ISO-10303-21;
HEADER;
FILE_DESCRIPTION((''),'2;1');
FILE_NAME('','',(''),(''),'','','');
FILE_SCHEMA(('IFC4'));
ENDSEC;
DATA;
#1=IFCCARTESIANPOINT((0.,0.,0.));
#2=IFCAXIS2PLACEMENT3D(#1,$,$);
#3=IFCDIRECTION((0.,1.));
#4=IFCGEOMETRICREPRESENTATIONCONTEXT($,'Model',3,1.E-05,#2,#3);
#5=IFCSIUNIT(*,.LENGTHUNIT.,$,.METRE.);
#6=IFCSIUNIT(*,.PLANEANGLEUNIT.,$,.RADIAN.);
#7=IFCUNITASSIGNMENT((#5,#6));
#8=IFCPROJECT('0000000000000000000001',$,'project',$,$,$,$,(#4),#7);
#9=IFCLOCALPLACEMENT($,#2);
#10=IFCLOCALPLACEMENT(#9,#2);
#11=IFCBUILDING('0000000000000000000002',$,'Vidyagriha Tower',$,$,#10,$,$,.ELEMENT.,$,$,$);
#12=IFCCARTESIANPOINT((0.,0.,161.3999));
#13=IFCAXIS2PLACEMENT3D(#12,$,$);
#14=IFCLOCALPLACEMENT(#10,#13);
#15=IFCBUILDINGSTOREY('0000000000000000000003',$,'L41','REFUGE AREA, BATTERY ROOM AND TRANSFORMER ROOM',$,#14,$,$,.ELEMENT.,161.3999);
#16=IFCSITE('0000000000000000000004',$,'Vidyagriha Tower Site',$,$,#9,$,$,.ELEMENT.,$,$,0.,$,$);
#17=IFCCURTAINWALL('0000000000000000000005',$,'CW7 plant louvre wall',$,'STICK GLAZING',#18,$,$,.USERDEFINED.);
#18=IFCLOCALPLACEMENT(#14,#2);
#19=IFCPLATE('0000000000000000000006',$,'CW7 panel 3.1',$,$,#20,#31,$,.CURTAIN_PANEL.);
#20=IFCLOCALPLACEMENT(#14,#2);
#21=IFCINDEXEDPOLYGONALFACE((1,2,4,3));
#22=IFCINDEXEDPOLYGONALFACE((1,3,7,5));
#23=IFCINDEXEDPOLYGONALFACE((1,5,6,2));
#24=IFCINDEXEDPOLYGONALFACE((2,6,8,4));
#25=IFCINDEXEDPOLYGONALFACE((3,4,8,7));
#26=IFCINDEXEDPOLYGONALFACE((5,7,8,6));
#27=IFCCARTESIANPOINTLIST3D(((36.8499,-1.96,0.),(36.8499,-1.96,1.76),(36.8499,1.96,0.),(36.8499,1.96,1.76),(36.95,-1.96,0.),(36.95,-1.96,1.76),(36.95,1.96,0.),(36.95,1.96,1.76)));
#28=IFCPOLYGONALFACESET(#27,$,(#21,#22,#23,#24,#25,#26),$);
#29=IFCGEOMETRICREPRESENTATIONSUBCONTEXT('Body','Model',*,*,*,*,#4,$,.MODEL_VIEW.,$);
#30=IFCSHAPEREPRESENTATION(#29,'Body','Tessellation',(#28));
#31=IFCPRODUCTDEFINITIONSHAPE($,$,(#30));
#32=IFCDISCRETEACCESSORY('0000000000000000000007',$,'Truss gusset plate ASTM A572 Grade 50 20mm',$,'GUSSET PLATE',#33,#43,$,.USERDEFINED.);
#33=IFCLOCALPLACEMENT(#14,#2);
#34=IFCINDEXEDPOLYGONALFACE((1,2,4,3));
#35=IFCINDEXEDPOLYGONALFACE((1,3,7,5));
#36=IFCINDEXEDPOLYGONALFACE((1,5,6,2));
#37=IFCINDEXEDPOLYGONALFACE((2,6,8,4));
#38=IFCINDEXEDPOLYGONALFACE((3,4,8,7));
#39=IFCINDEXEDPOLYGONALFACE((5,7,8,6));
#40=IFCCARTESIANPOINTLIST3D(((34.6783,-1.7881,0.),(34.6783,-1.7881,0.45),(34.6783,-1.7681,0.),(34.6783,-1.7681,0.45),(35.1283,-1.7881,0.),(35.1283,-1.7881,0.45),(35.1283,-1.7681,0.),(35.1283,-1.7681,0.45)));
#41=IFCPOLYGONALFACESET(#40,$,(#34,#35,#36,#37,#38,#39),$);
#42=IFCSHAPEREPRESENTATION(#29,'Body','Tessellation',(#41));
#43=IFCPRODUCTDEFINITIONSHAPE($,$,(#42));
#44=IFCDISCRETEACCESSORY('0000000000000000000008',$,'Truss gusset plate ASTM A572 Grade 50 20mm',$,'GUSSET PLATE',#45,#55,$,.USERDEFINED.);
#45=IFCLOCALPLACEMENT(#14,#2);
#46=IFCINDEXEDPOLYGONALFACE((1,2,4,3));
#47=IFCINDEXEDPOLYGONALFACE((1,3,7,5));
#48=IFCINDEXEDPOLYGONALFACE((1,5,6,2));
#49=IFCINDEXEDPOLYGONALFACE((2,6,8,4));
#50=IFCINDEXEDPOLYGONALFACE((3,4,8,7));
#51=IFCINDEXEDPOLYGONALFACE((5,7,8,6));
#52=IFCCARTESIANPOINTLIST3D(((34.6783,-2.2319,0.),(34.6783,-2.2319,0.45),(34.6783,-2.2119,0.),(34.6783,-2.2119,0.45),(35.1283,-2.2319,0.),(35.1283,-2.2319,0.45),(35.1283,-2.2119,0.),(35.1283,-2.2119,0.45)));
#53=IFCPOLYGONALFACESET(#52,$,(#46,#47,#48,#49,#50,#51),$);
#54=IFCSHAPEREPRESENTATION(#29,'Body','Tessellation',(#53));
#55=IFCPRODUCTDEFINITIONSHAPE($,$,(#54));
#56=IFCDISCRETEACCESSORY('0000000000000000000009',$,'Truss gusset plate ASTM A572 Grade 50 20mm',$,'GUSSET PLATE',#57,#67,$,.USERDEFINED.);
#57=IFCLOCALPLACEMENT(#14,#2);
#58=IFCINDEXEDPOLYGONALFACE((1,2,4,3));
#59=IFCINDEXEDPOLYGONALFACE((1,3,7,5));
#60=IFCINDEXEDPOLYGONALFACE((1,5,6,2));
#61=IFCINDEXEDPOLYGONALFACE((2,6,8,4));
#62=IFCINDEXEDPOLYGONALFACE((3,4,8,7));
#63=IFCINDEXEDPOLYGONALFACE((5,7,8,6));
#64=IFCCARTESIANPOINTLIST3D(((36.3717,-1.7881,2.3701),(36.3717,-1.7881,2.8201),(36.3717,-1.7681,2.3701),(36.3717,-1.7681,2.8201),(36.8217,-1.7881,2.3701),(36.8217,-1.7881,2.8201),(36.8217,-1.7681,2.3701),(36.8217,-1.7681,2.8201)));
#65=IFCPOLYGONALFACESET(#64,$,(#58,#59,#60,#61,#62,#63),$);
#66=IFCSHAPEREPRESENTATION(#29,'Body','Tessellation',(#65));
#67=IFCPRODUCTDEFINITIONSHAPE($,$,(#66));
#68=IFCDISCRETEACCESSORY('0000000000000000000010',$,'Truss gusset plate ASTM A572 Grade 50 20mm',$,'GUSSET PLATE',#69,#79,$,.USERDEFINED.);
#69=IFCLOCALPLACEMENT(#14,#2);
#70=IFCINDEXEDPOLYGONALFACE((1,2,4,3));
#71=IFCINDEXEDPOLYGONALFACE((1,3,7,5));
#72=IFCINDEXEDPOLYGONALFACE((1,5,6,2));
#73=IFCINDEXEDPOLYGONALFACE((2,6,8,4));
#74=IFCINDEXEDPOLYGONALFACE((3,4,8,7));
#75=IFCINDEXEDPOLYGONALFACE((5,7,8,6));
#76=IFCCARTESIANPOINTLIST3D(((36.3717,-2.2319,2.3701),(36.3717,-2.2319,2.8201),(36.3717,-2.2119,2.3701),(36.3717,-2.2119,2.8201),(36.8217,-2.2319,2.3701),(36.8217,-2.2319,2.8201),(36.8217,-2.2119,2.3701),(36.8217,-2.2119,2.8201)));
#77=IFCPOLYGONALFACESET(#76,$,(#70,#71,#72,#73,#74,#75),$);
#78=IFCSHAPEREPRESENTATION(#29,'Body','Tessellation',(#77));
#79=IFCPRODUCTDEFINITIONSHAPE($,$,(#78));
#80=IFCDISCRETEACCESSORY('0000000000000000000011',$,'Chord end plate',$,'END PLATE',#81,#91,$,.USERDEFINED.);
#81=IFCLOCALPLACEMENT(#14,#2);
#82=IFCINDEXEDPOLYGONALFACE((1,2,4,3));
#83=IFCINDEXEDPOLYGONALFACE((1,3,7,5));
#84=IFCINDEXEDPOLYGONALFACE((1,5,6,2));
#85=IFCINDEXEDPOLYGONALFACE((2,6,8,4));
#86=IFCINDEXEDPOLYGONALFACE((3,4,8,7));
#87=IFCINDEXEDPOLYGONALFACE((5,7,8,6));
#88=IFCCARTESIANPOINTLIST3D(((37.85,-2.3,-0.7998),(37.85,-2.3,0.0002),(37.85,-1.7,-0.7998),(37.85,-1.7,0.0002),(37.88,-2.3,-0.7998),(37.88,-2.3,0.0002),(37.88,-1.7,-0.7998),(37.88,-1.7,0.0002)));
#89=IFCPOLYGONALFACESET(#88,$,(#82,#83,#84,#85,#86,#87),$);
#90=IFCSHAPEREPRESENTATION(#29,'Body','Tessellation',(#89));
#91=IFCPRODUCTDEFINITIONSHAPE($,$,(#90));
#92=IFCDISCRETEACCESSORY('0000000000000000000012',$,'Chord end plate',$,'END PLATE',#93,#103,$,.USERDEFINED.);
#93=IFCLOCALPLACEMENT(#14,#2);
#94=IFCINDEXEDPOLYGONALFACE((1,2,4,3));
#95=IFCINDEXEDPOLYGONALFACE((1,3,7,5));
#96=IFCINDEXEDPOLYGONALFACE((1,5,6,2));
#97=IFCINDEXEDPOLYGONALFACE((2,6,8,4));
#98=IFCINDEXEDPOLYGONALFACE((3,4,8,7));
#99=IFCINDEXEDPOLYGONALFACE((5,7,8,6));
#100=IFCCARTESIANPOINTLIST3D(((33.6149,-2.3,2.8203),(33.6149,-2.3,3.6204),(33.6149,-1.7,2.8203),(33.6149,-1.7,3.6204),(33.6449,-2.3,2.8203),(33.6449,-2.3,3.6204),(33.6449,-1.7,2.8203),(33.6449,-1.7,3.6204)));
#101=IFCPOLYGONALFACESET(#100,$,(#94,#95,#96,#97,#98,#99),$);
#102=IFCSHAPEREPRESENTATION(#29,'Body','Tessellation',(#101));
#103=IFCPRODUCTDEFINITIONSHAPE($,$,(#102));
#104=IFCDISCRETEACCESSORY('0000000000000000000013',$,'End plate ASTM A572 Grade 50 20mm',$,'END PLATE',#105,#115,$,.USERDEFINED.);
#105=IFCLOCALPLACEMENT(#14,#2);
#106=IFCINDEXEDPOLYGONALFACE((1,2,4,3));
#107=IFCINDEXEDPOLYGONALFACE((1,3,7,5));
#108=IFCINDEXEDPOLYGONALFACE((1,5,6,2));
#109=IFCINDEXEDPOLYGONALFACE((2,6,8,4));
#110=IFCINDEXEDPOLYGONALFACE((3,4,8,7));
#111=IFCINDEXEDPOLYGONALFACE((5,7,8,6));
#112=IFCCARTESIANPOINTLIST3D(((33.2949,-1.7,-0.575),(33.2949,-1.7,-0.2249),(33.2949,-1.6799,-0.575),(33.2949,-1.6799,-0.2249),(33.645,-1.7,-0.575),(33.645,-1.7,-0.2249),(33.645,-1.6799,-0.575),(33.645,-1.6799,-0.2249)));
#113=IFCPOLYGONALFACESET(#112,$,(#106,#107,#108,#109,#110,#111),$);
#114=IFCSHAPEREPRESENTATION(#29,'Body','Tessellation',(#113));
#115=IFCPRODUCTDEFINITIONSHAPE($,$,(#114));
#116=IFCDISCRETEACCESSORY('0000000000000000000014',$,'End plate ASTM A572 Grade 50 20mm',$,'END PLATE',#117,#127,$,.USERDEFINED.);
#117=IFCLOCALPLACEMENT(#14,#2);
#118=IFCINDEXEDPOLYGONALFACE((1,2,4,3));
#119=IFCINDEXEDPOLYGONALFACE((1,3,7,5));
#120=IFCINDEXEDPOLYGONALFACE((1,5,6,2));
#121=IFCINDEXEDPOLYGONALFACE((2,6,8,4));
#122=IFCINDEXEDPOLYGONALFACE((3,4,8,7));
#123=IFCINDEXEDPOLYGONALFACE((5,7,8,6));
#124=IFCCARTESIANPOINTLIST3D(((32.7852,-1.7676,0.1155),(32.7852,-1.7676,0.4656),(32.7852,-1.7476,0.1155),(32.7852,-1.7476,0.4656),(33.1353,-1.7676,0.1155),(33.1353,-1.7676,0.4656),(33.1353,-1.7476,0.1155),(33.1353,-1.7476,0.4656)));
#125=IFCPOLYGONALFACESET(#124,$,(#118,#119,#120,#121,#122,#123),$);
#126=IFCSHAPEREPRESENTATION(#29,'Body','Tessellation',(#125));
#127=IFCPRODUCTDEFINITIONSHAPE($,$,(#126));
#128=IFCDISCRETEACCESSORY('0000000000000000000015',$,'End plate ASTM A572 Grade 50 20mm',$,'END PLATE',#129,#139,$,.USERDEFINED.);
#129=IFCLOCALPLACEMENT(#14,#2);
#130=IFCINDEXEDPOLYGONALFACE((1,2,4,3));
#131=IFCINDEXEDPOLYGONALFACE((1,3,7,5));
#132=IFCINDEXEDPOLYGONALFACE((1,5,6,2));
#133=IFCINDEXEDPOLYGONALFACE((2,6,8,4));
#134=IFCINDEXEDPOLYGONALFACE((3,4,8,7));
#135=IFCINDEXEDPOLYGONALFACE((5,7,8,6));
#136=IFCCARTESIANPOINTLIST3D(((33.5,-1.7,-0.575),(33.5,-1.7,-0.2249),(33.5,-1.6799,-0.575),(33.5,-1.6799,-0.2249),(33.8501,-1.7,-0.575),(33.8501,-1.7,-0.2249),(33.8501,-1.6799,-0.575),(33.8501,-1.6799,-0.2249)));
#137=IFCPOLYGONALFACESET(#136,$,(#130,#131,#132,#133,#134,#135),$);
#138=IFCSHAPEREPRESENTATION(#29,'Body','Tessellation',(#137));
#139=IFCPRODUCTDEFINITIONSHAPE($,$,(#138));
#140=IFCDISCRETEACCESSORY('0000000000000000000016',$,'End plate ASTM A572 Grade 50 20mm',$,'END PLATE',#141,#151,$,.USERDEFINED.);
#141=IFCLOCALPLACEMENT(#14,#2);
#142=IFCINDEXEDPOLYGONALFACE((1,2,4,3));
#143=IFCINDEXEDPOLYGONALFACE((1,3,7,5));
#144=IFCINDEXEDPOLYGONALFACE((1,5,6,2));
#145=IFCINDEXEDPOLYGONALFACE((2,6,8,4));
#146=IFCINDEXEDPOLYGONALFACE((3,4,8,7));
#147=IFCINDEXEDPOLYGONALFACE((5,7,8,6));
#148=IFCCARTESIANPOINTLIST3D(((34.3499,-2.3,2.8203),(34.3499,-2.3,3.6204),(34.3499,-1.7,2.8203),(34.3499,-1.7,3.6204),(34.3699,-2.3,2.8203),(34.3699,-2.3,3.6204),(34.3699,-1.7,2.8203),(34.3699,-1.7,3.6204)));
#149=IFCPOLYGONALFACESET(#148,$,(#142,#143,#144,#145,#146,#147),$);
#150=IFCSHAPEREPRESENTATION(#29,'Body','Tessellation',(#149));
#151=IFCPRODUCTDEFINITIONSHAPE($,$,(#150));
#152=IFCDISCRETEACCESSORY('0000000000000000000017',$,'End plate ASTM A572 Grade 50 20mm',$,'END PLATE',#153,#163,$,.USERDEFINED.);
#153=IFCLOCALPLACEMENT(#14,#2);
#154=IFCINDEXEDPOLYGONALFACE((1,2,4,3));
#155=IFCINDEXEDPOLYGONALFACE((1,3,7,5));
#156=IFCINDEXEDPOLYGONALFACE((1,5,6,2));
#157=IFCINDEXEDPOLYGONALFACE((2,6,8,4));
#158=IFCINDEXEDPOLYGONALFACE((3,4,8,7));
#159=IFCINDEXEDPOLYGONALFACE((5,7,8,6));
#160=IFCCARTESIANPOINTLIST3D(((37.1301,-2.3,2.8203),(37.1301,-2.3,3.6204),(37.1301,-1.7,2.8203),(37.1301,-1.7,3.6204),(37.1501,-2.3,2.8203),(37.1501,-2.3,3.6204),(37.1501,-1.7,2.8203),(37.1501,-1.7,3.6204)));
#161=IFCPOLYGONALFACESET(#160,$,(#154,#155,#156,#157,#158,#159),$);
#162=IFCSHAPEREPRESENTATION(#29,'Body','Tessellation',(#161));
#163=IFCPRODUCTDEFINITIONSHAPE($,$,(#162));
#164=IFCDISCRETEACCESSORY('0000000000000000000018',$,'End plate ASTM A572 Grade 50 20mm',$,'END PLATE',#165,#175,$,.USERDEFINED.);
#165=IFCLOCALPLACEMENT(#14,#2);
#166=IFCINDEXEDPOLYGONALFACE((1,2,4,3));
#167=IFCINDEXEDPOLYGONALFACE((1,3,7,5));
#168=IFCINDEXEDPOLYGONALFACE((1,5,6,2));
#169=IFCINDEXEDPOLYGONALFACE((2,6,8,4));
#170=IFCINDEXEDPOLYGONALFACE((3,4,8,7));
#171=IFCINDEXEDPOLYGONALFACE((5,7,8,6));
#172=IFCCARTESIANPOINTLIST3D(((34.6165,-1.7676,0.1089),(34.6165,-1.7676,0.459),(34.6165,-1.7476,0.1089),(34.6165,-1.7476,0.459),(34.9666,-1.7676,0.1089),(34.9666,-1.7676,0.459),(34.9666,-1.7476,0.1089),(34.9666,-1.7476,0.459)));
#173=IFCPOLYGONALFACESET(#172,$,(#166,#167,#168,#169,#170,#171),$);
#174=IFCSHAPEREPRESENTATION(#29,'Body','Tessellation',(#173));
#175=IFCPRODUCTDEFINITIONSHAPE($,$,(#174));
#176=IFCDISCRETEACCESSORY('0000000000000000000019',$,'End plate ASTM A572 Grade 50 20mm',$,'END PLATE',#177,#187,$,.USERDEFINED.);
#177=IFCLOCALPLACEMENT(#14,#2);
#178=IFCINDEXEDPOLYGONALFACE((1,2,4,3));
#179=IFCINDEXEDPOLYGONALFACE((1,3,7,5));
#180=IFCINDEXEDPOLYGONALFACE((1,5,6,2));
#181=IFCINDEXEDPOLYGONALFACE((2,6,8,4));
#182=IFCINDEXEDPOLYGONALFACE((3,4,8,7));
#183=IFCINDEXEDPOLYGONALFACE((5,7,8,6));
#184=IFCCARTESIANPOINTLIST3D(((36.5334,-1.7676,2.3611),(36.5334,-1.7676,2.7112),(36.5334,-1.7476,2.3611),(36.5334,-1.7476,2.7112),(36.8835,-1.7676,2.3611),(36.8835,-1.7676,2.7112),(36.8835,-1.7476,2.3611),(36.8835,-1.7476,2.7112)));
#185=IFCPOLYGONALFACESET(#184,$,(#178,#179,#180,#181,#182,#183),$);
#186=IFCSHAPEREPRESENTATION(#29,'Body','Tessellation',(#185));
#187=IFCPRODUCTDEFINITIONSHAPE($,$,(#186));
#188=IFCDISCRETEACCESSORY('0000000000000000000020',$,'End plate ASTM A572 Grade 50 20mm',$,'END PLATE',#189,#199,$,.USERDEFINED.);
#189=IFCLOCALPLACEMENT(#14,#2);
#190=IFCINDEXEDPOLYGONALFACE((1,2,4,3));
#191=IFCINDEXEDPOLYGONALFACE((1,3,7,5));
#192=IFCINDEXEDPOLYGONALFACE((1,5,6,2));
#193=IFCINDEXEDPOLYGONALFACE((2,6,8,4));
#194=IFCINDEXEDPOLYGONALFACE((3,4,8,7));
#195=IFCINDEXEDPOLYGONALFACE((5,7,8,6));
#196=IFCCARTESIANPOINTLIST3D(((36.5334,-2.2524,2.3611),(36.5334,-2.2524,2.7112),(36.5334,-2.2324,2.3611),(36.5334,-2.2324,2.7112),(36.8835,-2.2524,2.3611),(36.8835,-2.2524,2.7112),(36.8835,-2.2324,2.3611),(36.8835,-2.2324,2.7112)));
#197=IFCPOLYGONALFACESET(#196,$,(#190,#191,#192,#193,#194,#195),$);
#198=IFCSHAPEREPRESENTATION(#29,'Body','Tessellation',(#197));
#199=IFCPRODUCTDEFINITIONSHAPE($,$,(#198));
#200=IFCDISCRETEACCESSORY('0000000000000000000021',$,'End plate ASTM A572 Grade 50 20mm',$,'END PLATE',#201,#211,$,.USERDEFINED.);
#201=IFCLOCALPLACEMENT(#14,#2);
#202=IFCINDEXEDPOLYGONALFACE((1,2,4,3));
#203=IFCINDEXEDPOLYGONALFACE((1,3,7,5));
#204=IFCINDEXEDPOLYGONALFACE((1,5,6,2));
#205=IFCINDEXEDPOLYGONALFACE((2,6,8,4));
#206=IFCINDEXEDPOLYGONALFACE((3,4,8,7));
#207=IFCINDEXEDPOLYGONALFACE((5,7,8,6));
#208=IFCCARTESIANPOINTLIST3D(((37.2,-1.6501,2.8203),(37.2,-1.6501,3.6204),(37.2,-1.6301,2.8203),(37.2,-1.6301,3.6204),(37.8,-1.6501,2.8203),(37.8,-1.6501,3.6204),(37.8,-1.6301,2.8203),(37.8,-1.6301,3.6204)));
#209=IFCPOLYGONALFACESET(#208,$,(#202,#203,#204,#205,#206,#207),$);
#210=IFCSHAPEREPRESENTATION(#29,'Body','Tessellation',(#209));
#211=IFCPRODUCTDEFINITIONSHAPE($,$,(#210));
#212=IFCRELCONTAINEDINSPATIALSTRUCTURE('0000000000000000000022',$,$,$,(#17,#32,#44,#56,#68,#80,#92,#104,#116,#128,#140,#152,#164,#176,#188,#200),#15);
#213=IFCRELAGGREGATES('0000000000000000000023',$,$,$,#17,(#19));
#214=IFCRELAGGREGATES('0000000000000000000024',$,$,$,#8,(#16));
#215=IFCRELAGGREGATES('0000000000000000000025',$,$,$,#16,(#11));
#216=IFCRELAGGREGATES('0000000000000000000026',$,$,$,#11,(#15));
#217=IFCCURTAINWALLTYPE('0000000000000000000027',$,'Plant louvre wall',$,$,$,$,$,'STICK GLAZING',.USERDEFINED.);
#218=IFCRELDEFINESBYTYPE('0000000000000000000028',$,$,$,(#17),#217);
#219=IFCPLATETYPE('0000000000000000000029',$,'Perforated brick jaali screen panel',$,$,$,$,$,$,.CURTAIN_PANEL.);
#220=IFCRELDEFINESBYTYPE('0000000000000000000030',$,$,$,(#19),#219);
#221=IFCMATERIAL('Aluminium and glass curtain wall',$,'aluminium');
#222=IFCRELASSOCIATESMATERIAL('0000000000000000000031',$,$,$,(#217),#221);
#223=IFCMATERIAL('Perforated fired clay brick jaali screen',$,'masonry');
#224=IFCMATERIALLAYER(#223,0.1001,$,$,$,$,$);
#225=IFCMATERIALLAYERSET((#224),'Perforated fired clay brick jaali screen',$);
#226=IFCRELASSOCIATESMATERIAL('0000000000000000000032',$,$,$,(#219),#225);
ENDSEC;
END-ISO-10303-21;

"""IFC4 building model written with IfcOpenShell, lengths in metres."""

from ifc_helpers import new_model, si_unit, direction, frame, origin, origin_2d, place, context, subcontext, project, spatial, rectangle, extrude, material, layer, layer_set, type_object, element, aggregate, save


model = new_model("IFC4")

# Units and contexts
model_context = context("Model", 3, precision=1e-05, world=origin(), true_north=direction((0.0, 1.0)))
body_context = subcontext(model_context, "Body", "Model", "MODEL_VIEW")
ifc_project = project(units=[si_unit("LENGTHUNIT", "METRE"), si_unit("PLANEANGLEUNIT", "RADIAN")], contexts=[model_context])

# Site, building, storey
site_placement = place(None, origin())
site = spatial("IfcSite", under=ifc_project, at=site_placement, Name="Vidyagriha Tower Site", CompositionType="ELEMENT", RefElevation=0.0)
building_placement = place(site_placement, origin())
building = spatial("IfcBuilding", under=site, at=building_placement, Name="Vidyagriha Tower", CompositionType="ELEMENT")
storey_placement = place(building_placement, frame((0.0, 0.0, 161.3999)))
storey = spatial("IfcBuildingStorey", under=building, at=storey_placement, Name="L41", Description="REFUGE AREA, BATTERY ROOM AND TRANSFORMER ROOM", CompositionType="ELEMENT", Elevation=161.3999)

# Curtain wall
ifc_material_1 = material(Name="Aluminium and glass curtain wall", Category="aluminium")
curtain_wall_type = type_object("IfcCurtainWallType", Name="Plant louvre wall", ElementType="STICK GLAZING", PredefinedType="USERDEFINED", material=ifc_material_1)
curtain_wall_placement = place(storey_placement, origin())
curtain_wall = element("IfcCurtainWall", 1, at=curtain_wall_placement, inside=storey, type_object=curtain_wall_type, Name="CW7 plant louvre wall", ObjectType="STICK GLAZING", PredefinedType="USERDEFINED")

# Plate
ifc_material_2 = material(Name="Perforated fired clay brick jaali screen", Category="masonry")
ifc_layer = layer(ifc_material_2, 0.1001)
ifc_layer_set = layer_set([ifc_layer], Name="Perforated fired clay brick jaali screen")
plate_type = type_object("IfcPlateType", Name="Perforated brick jaali screen panel", PredefinedType="CURTAIN_PANEL", material=ifc_layer_set)
plate_placement = place(storey_placement, frame((36.8999, 0.0, 0.0), z_axis=(0.0, 0.0, 1.0), x_axis=(0.0, 1.0, 0.0)))
plate = element("IfcPlate", 2, at=plate_placement, type_object=plate_type, Name="CW7 panel 3.1", PredefinedType="CURTAIN_PANEL", context=body_context, shape_type="SweptSolid", body=[
    extrude(rectangle(XDim=3.9199, YDim=0.1001, at=origin_2d()), origin(), (0.0, 0.0, 1.0), 1.76),
])
aggregate(curtain_wall, [plate])

# Discrete accessories
for number, where, name in (
    (3, (34.9033, -1.7781, 0.0), "Truss gusset plate ASTM A572 Grade 50 20mm"),
    (4, (34.9033, -2.2219, 0.0), "Truss gusset plate ASTM A572 Grade 50 20mm"),
    (5, (36.5967, -1.7781, 2.3701), "Truss gusset plate ASTM A572 Grade 50 20mm"),
    (6, (36.5967, -2.2219, 2.3701), "Truss gusset plate ASTM A572 Grade 50 20mm"),
):
    element("IfcDiscreteAccessory", number, at=place(storey_placement, frame(where)), inside=storey, Name=name, ObjectType="GUSSET PLATE", PredefinedType="USERDEFINED", context=body_context, shape_type="SweptSolid", body=[
        extrude(rectangle(XDim=0.45, YDim=0.02, at=origin_2d()), origin(), (0.0, 0.0, 1.0), 0.45),
    ])
for number, where, name in (
    (7, (37.865, -2.0, -0.7998), "Chord end plate"),
    (8, (33.6299, -2.0, 2.8203), "Chord end plate"),
):
    element("IfcDiscreteAccessory", number, at=place(storey_placement, frame(where)), inside=storey, Name=name, ObjectType="END PLATE", PredefinedType="USERDEFINED", context=body_context, shape_type="SweptSolid", body=[
        extrude(rectangle(XDim=0.03, YDim=0.6001, at=origin_2d()), origin(), (0.0, 0.0, 1.0), 0.8),
    ])
for number, where, name in (
    (9, (33.47, -1.6899, -0.575), "End plate ASTM A572 Grade 50 20mm"),
    (10, (32.9602, -1.7576, 0.1155), "End plate ASTM A572 Grade 50 20mm"),
):
    element("IfcDiscreteAccessory", number, at=place(storey_placement, frame(where)), inside=storey, Name=name, ObjectType="END PLATE", PredefinedType="USERDEFINED", context=body_context, shape_type="SweptSolid", body=[
        extrude(rectangle(XDim=0.3501, YDim=0.02, at=origin_2d()), origin(), (0.0, 0.0, 1.0), 0.3501),
    ])
discrete_accessory_1_placement = place(storey_placement, frame((33.675, -1.6899, -0.575), z_axis=(0.0, 0.0, 1.0), x_axis=(-1.0, 0.0, 0.0)))
element("IfcDiscreteAccessory", 11, at=discrete_accessory_1_placement, inside=storey, Name="End plate ASTM A572 Grade 50 20mm", ObjectType="END PLATE", PredefinedType="USERDEFINED", context=body_context, shape_type="SweptSolid", body=[
    extrude(rectangle(XDim=0.3501, YDim=0.02, at=origin_2d()), origin(), (0.0, 0.0, 1.0), 0.3501),
])
discrete_accessory_2_placement = place(storey_placement, frame((34.3599, -2.0, 2.8203), z_axis=(0.0, 0.0, 1.0), x_axis=(-1.0, 0.0, 0.0)))
element("IfcDiscreteAccessory", 12, at=discrete_accessory_2_placement, inside=storey, Name="End plate ASTM A572 Grade 50 20mm", ObjectType="END PLATE", PredefinedType="USERDEFINED", context=body_context, shape_type="SweptSolid", body=[
    extrude(rectangle(XDim=0.02, YDim=0.6001, at=origin_2d()), origin(), (0.0, 0.0, 1.0), 0.8),
])
discrete_accessory_3_placement = place(storey_placement, frame((37.1401, -2.0, 2.8203)))
element("IfcDiscreteAccessory", 13, at=discrete_accessory_3_placement, inside=storey, Name="End plate ASTM A572 Grade 50 20mm", ObjectType="END PLATE", PredefinedType="USERDEFINED", context=body_context, shape_type="SweptSolid", body=[
    extrude(rectangle(XDim=0.02, YDim=0.6001, at=origin_2d()), origin(), (0.0, 0.0, 1.0), 0.8),
])
discrete_accessory_4_placement = place(storey_placement, frame((34.7915, -1.7576, 0.1089), z_axis=(0.0, 0.0, 1.0), x_axis=(-1.0, 0.0, 0.0)))
element("IfcDiscreteAccessory", 14, at=discrete_accessory_4_placement, inside=storey, Name="End plate ASTM A572 Grade 50 20mm", ObjectType="END PLATE", PredefinedType="USERDEFINED", context=body_context, shape_type="SweptSolid", body=[
    extrude(rectangle(XDim=0.3501, YDim=0.02, at=origin_2d()), origin(), (0.0, 0.0, 1.0), 0.3501),
])
for number, where, name in (
    (15, (36.7085, -1.7576, 2.3611), "End plate ASTM A572 Grade 50 20mm"),
    (16, (36.7085, -2.2424, 2.3611), "End plate ASTM A572 Grade 50 20mm"),
):
    element("IfcDiscreteAccessory", number, at=place(storey_placement, frame(where)), inside=storey, Name=name, ObjectType="END PLATE", PredefinedType="USERDEFINED", context=body_context, shape_type="SweptSolid", body=[
        extrude(rectangle(XDim=0.3501, YDim=0.02, at=origin_2d()), origin(), (0.0, 0.0, 1.0), 0.3501),
    ])
discrete_accessory_5_placement = place(storey_placement, frame((37.5, -1.6401, 2.8203), z_axis=(0.0, 0.0, 1.0), x_axis=(0.0, -1.0, 0.0)))
element("IfcDiscreteAccessory", 17, at=discrete_accessory_5_placement, inside=storey, Name="End plate ASTM A572 Grade 50 20mm", ObjectType="END PLATE", PredefinedType="USERDEFINED", context=body_context, shape_type="SweptSolid", body=[
    extrude(rectangle(XDim=0.02, YDim=0.6001, at=origin_2d()), origin(), (0.0, 0.0, 1.0), 0.8),
])

save(model, "model.ifc")
